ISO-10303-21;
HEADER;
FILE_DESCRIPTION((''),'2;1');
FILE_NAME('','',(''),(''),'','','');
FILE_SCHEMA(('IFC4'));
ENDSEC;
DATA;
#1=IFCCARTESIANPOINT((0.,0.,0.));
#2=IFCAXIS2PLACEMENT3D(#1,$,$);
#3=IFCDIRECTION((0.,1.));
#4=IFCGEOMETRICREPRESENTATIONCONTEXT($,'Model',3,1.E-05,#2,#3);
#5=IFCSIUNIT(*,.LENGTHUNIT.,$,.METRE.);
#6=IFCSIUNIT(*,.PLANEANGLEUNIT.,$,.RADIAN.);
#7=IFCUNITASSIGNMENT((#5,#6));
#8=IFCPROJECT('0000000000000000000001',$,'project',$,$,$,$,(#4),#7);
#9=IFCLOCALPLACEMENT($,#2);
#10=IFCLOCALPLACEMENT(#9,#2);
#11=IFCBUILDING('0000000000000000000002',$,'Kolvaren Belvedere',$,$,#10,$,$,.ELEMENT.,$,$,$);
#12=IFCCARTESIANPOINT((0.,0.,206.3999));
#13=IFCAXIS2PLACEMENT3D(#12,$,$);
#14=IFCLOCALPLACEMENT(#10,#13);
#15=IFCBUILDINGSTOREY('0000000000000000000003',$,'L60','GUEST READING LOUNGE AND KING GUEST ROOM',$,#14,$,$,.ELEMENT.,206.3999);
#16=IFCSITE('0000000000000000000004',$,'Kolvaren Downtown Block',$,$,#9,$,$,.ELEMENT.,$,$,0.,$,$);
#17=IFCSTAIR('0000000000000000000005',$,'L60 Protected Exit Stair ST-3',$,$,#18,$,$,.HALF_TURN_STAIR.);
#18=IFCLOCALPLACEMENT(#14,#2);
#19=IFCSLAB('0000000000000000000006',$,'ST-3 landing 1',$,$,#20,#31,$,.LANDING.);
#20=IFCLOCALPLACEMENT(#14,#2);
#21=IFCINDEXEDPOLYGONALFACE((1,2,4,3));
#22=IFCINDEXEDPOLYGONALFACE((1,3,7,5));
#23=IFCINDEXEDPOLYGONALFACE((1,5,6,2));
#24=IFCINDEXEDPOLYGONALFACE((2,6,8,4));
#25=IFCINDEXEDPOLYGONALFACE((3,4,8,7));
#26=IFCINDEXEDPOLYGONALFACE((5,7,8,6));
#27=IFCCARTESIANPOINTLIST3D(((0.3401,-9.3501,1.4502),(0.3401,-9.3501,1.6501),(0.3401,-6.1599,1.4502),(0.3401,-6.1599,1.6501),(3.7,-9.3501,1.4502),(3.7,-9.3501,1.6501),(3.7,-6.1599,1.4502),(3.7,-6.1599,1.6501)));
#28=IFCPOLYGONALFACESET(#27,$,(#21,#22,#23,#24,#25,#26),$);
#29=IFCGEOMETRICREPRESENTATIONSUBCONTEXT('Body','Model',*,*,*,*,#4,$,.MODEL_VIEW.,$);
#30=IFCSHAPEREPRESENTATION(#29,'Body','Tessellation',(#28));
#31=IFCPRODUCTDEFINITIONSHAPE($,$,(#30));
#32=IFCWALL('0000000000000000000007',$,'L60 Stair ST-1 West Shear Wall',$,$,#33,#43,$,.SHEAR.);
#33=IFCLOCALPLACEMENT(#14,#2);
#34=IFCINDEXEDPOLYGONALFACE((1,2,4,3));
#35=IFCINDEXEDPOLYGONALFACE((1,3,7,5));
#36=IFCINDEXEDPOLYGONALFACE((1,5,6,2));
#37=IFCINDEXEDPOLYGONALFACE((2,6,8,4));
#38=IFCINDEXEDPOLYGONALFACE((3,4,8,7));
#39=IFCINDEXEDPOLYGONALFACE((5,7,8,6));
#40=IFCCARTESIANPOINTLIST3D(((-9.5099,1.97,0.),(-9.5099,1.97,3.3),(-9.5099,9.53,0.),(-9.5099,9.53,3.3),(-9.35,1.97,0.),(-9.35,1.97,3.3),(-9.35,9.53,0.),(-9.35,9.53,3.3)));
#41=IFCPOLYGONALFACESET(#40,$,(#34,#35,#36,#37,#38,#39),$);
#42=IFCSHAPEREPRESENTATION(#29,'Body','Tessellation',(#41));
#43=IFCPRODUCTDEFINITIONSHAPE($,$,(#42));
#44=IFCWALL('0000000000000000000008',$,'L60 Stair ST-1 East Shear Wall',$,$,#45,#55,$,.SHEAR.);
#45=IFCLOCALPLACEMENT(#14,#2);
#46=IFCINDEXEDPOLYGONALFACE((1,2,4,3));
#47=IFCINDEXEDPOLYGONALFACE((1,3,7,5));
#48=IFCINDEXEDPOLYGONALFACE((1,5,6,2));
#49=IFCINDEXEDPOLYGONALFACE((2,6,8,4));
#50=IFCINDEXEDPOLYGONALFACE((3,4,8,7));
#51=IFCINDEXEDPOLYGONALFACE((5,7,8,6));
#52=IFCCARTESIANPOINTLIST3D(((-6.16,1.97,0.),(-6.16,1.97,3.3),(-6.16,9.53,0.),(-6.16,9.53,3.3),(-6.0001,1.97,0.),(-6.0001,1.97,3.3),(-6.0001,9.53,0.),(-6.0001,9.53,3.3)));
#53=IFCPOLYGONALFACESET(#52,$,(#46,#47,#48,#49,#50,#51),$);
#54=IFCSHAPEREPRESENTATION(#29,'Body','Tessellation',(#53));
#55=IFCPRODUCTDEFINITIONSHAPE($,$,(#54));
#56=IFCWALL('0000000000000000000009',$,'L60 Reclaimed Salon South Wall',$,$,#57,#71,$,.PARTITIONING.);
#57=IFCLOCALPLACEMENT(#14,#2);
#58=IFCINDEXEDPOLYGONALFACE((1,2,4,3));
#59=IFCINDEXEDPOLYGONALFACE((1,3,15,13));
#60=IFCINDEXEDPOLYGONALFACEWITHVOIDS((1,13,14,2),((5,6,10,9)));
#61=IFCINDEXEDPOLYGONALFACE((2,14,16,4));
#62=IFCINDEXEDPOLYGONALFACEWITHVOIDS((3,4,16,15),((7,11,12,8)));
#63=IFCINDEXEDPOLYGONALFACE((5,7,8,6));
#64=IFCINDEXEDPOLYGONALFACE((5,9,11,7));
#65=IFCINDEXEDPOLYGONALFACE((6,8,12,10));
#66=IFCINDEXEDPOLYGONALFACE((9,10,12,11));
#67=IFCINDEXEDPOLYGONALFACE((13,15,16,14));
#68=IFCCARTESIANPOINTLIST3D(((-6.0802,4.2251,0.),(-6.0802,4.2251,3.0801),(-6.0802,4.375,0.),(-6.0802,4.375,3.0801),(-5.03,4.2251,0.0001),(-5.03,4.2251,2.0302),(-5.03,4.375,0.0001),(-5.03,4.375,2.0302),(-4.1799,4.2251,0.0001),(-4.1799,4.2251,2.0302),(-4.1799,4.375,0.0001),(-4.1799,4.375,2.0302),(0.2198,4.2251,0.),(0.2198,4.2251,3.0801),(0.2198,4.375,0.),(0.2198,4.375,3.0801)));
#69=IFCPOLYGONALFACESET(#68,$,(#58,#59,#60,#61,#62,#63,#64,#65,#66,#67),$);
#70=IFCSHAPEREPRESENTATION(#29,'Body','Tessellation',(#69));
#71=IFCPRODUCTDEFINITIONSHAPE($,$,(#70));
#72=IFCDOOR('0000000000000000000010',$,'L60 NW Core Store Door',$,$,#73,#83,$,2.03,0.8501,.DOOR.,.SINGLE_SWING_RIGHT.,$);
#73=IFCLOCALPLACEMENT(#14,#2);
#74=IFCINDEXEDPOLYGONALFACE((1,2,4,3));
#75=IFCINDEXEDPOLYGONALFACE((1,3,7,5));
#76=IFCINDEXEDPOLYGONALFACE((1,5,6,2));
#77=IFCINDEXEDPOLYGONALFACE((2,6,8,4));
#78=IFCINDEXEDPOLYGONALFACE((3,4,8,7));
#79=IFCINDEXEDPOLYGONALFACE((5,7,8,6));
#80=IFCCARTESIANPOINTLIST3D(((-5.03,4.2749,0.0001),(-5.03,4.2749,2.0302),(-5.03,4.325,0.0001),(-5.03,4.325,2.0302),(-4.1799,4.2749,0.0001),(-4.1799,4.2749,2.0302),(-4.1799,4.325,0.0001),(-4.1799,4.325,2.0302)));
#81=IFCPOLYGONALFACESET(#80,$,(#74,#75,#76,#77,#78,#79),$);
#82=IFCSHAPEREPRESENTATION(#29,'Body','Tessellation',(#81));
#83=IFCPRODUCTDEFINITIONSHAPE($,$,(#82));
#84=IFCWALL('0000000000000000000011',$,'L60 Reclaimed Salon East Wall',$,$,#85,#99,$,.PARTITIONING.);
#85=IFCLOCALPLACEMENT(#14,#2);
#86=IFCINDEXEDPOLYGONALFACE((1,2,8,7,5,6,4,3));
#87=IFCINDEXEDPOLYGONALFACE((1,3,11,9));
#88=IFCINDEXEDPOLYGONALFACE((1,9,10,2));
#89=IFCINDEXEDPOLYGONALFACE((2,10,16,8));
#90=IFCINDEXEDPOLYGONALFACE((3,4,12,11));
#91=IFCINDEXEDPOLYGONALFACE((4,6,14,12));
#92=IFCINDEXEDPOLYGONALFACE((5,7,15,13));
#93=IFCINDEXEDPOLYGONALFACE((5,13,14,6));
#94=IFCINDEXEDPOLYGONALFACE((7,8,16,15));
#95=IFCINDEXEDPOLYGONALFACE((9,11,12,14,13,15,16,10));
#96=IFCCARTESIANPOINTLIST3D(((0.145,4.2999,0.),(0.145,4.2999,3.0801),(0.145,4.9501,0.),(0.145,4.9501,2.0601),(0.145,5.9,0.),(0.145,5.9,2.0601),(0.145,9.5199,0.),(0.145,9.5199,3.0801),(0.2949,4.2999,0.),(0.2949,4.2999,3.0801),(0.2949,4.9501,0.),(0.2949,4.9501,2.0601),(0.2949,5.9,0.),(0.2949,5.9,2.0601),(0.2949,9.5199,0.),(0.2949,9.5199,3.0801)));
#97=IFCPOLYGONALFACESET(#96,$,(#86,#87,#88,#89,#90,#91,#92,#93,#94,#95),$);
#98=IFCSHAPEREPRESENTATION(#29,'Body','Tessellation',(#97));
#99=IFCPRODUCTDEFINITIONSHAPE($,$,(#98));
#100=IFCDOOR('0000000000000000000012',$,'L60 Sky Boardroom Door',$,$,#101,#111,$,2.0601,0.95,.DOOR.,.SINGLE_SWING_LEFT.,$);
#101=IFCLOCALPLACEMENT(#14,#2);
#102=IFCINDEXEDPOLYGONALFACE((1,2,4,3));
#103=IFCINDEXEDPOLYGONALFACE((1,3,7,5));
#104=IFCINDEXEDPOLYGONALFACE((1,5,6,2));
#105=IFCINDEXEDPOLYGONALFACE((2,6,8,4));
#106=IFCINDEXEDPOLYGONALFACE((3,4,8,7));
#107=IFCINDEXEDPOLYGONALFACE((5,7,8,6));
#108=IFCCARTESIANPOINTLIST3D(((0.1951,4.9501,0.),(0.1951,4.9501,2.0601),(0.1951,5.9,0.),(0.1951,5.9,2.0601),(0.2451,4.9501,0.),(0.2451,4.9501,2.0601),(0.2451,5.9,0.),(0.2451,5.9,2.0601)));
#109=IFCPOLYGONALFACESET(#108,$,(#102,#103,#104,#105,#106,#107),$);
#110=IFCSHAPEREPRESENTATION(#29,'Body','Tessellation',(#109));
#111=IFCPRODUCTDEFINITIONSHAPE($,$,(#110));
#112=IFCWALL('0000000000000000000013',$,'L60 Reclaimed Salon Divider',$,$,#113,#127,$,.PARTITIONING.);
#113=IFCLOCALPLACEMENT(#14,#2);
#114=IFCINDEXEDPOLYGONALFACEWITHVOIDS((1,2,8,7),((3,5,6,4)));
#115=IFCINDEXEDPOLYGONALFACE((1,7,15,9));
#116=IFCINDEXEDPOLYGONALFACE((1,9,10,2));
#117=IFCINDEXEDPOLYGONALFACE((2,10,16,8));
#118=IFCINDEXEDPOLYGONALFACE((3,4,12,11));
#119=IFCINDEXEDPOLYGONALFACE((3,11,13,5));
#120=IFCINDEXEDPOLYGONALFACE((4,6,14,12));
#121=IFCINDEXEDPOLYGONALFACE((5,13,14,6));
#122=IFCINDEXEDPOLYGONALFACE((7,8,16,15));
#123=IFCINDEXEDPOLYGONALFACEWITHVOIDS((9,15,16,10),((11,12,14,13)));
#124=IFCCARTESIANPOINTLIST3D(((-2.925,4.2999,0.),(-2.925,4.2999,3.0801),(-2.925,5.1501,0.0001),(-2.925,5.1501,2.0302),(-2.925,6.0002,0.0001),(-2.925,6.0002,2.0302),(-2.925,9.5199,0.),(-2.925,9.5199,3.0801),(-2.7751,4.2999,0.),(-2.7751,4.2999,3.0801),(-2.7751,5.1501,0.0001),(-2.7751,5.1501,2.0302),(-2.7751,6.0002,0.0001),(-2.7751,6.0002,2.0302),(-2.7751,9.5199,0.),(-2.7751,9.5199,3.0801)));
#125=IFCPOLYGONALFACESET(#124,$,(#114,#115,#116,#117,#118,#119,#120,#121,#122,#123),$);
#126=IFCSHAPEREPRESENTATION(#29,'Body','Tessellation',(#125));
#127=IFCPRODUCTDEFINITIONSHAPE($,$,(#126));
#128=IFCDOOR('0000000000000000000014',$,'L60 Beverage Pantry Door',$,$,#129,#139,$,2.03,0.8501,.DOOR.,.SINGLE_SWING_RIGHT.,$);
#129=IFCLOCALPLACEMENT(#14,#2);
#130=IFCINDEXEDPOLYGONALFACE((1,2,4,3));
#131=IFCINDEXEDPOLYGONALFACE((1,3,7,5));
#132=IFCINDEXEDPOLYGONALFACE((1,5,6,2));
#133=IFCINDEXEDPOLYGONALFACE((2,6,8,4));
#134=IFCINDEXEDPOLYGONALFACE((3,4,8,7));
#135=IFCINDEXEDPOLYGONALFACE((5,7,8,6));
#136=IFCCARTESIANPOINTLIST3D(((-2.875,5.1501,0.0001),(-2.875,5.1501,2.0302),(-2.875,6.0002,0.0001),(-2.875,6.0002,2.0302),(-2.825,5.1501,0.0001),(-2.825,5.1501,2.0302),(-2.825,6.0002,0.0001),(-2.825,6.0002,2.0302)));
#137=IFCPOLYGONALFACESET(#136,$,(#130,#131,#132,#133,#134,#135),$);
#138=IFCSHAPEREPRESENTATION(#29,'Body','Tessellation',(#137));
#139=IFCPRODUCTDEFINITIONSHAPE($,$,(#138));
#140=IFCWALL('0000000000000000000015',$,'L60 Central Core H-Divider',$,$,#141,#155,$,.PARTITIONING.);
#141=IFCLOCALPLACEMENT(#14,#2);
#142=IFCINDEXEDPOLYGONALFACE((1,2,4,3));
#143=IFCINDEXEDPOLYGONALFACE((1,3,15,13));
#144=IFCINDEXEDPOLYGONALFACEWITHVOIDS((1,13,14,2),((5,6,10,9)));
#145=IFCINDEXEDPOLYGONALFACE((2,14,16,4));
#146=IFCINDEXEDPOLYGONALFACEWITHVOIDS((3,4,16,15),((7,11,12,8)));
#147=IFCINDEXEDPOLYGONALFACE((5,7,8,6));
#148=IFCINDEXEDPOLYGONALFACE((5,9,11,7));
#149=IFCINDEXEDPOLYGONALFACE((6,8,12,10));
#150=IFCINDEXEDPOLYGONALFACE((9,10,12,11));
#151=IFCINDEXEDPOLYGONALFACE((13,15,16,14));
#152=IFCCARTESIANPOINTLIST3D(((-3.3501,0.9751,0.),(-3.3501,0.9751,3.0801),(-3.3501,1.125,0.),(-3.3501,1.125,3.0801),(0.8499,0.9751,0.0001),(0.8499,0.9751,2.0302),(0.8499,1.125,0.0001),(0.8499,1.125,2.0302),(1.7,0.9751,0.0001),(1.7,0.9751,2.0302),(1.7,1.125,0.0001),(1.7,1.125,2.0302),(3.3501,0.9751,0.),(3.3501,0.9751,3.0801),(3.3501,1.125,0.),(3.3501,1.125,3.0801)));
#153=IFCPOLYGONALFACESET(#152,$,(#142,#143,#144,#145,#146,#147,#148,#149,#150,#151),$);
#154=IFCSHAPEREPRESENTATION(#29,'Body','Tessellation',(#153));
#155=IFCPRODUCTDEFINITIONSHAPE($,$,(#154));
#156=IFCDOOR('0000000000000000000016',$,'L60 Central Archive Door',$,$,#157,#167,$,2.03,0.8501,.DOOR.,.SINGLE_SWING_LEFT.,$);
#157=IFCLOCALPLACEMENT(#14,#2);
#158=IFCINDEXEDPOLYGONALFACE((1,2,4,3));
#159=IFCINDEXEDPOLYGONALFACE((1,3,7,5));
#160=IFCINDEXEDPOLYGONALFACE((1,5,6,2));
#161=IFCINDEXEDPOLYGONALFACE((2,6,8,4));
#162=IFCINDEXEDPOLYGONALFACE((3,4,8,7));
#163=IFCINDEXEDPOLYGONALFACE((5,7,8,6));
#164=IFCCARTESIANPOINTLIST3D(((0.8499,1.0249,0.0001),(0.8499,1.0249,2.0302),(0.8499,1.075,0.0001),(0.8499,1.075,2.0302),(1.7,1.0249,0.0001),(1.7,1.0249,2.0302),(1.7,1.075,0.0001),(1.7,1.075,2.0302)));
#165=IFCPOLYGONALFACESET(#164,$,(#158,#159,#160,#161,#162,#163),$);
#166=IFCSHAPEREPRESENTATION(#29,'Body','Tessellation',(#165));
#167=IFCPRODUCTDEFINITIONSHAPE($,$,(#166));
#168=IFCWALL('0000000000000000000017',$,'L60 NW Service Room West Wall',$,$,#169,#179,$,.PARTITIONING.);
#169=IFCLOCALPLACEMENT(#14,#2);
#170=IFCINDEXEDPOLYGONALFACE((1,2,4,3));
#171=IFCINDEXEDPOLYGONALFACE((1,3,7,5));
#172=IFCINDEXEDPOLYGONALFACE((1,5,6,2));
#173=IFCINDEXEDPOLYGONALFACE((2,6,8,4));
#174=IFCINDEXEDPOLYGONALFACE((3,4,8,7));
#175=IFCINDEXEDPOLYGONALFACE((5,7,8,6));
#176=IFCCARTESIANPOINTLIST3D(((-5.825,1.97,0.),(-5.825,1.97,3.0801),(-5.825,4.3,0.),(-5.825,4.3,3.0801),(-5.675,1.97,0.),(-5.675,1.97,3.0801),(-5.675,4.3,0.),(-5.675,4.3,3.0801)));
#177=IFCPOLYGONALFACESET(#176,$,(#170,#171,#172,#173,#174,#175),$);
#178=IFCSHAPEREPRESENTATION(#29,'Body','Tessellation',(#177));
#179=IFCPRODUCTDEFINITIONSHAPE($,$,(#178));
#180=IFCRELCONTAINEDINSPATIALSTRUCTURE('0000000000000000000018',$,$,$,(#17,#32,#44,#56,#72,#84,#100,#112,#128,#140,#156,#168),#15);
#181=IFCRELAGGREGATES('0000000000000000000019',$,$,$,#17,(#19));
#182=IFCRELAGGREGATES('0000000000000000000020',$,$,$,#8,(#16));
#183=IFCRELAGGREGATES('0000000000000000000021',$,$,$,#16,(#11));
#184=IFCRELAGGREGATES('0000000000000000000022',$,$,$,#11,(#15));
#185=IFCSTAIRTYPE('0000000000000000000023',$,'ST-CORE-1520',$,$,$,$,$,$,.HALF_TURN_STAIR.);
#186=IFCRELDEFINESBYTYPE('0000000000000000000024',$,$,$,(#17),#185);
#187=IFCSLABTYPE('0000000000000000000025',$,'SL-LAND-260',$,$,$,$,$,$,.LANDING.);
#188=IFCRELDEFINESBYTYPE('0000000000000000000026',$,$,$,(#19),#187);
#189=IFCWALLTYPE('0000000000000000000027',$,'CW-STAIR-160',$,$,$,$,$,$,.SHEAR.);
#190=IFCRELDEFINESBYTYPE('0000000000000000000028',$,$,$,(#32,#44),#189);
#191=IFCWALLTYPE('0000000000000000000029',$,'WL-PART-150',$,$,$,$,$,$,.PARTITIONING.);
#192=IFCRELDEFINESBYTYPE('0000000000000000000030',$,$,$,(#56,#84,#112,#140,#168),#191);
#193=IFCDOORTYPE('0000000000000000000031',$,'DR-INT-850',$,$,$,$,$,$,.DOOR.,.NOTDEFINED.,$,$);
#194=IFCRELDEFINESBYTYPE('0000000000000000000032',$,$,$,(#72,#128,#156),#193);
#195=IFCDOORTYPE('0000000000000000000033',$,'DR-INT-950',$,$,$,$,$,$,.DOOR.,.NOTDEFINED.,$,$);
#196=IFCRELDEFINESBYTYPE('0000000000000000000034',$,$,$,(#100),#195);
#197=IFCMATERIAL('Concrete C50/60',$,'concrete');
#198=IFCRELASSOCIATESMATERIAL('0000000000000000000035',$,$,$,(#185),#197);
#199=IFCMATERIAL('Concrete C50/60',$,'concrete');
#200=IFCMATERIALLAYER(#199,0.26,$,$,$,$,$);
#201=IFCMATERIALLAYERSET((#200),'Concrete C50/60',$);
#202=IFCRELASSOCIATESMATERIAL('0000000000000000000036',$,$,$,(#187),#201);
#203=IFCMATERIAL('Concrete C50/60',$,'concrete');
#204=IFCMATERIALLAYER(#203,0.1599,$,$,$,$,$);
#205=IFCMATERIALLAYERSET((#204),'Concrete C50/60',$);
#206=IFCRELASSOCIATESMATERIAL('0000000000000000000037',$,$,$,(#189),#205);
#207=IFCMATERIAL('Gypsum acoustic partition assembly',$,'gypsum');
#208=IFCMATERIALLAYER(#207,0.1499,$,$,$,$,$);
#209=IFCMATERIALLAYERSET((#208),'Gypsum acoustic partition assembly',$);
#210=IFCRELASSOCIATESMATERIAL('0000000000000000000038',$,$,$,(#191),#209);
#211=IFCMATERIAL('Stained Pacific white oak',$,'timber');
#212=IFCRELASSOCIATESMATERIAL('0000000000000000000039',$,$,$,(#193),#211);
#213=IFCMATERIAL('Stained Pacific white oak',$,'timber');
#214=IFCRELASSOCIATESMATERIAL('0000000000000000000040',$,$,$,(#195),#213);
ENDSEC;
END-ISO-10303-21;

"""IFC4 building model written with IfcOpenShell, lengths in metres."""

from ifc_helpers import new_model, si_unit, direction, frame, frame_2d, origin, place, context, subcontext, project, spatial, polyline, rectangle, outline, extrude, material, layer, layer_set, type_object, element, fill, aggregate, save


model = new_model("IFC4")

# Units and contexts
model_context = context("Model", 3, precision=1e-05, world=origin(), true_north=direction((0.0, 1.0)))
body_context = subcontext(model_context, "Body", "Model", "MODEL_VIEW")
ifc_project = project(units=[si_unit("LENGTHUNIT", "METRE"), si_unit("PLANEANGLEUNIT", "RADIAN")], contexts=[model_context])

# Site, building, storey
site_placement = place(None, origin())
site = spatial("IfcSite", under=ifc_project, at=site_placement, Name="Kolvaren Downtown Block", CompositionType="ELEMENT", RefElevation=0.0)
building_placement = place(site_placement, origin())
building = spatial("IfcBuilding", under=site, at=building_placement, Name="Kolvaren Belvedere", CompositionType="ELEMENT")
storey_placement = place(building_placement, frame((0.0, 0.0, 206.3999)))
storey = spatial("IfcBuildingStorey", under=building, at=storey_placement, Name="L60", Description="GUEST READING LOUNGE AND KING GUEST ROOM", CompositionType="ELEMENT", Elevation=206.3999)

# Stair, slab
ifc_material_1 = material(Name="Concrete C50/60", Category="concrete")
stair_type = type_object("IfcStairType", Name="ST-CORE-1520", PredefinedType="HALF_TURN_STAIR", material=ifc_material_1)
ifc_material_2 = material(Name="Concrete C50/60", Category="concrete")
ifc_layer_1 = layer(ifc_material_2, 0.26)
ifc_layer_set_1 = layer_set([ifc_layer_1], Name="Concrete C50/60")
slab_type = type_object("IfcSlabType", Name="SL-LAND-260", PredefinedType="LANDING", material=ifc_layer_set_1)
stair_1_placement = place(storey_placement, origin())
stair_1 = element("IfcStair", 1, at=stair_1_placement, inside=storey, type_object=stair_type, Name="L60 Protected Exit Stair ST-3", PredefinedType="HALF_TURN_STAIR")
slab_1_placement = place(storey_placement, frame((0.0, 0.0, 1.4502)))
slab_1 = element("IfcSlab", 2, at=slab_1_placement, type_object=slab_type, Name="ST-3 landing 1", PredefinedType="LANDING", context=body_context, shape_type="SweptSolid", body=[
    extrude(outline(polyline([(0.3401, -9.3501), (3.7, -9.3501), (3.7, -6.1599), (0.3401, -6.1599), (0.3401, -9.3501)])), origin(), (0.0, 0.0, 1.0), 0.2),
])
aggregate(stair_1, [slab_1])

# Walls
ifc_material_3 = material(Name="Concrete C50/60", Category="concrete")
ifc_layer_2 = layer(ifc_material_3, 0.1599)
ifc_layer_set_2 = layer_set([ifc_layer_2], Name="Concrete C50/60")
wall_type_1 = type_object("IfcWallType", Name="CW-STAIR-160", PredefinedType="SHEAR", material=ifc_layer_set_2)
for number, where, z_axis, x_axis, name in (
    (3, (-9.4299, 1.97, 0.0), (0.0, 0.0, 1.0), (0.0, 1.0, 0.0), "L60 Stair ST-1 West Shear Wall"),
    (4, (-6.0801, 1.97, 0.0), (0.0, 0.0, 1.0), (0.0, 1.0, 0.0), "L60 Stair ST-1 East Shear Wall"),
):
    element("IfcWall", number, at=place(storey_placement, frame(where, z_axis=z_axis, x_axis=x_axis)), inside=storey, type_object=wall_type_1, Name=name, PredefinedType="SHEAR", context=body_context, shape_type="SweptSolid", body=[
        extrude(rectangle(XDim=7.5601, YDim=0.1599, at=frame_2d((3.78, 0.0))), origin(), (0.0, 0.0, 1.0), 3.3),
    ])

# Walls, openings, doors
ifc_material_4 = material(Name="Gypsum acoustic partition assembly", Category="gypsum")
ifc_layer_3 = layer(ifc_material_4, 0.1499)
ifc_layer_set_3 = layer_set([ifc_layer_3], Name="Gypsum acoustic partition assembly")
wall_type_2 = type_object("IfcWallType", Name="WL-PART-150", PredefinedType="PARTITIONING", material=ifc_layer_set_3)
wall_1_placement = place(storey_placement, frame((-6.0801, 4.3, 0.0), z_axis=(0.0, 0.0, 1.0), x_axis=(1.0, 0.0, 0.0)))
wall_1 = element("IfcWall", 5, at=wall_1_placement, inside=storey, type_object=wall_type_2, Name="L60 Reclaimed Salon South Wall", PredefinedType="PARTITIONING", context=body_context, shape_type="SweptSolid", body=[
    extrude(rectangle(XDim=6.3, YDim=0.1499, at=frame_2d((3.1499, 0.0))), origin(), (0.0, 0.0, 1.0), 3.0801),
])
opening_1_placement = place(wall_1_placement, frame((1.05, 0.0, 0.0)))
opening_1 = element("IfcOpeningElement", 6, at=opening_1_placement, cuts=wall_1, PredefinedType="OPENING", context=body_context, shape_type="SweptSolid", body=[
    extrude(rectangle(XDim=0.8501, YDim=2.03, at=frame_2d((0.425, 1.0151))), frame((0.0, 0.085, 0.0), z_axis=(0.0, -1.0, 0.0), x_axis=(1.0, 0.0, 0.0)), (0.0, 0.0, 1.0), 0.1699),
])
ifc_material_5 = material(Name="Stained Pacific white oak", Category="timber")
door_type_1 = type_object("IfcDoorType", Name="DR-INT-850", OperationType="NOTDEFINED", PredefinedType="DOOR", material=ifc_material_5)
door_1_placement = place(opening_1_placement, origin())
door_1 = element("IfcDoor", 7, at=door_1_placement, inside=storey, type_object=door_type_1, Name="L60 NW Core Store Door", OperationType="SINGLE_SWING_RIGHT", OverallHeight=2.03, OverallWidth=0.8501, PredefinedType="DOOR", context=body_context, shape_type="SweptSolid", body=[
    extrude(rectangle(XDim=0.8501, YDim=2.03, at=frame_2d((0.425, 1.0151))), frame((0.0, 0.0249, 0.0), z_axis=(0.0, -1.0, 0.0), x_axis=(1.0, 0.0, 0.0)), (0.0, 0.0, 1.0), 0.05),
])
fill(opening_1, door_1)
wall_2_placement = place(storey_placement, frame((0.22, 4.3, 0.0), z_axis=(0.0, 0.0, 1.0), x_axis=(0.0, 1.0, 0.0)))
wall_2 = element("IfcWall", 8, at=wall_2_placement, inside=storey, type_object=wall_type_2, Name="L60 Reclaimed Salon East Wall", PredefinedType="PARTITIONING", context=body_context, shape_type="SweptSolid", body=[
    extrude(rectangle(XDim=5.22, YDim=0.1499, at=frame_2d((2.6099, 0.0))), origin(), (0.0, 0.0, 1.0), 3.0801),
])
opening_2_placement = place(wall_2_placement, frame((0.6499, 0.0, 0.0)))
opening_2 = element("IfcOpeningElement", 9, at=opening_2_placement, cuts=wall_2, PredefinedType="OPENING", context=body_context, shape_type="SweptSolid", body=[
    extrude(rectangle(XDim=0.95, YDim=2.0601, at=frame_2d((0.4751, 1.03))), frame((0.0, 0.085, 0.0), z_axis=(0.0, -1.0, 0.0), x_axis=(1.0, 0.0, 0.0)), (0.0, 0.0, 1.0), 0.1699),
])
ifc_material_6 = material(Name="Stained Pacific white oak", Category="timber")
door_type_2 = type_object("IfcDoorType", Name="DR-INT-950", OperationType="NOTDEFINED", PredefinedType="DOOR", material=ifc_material_6)
door_2_placement = place(opening_2_placement, origin())
door_2 = element("IfcDoor", 10, at=door_2_placement, inside=storey, type_object=door_type_2, Name="L60 Sky Boardroom Door", OperationType="SINGLE_SWING_LEFT", OverallHeight=2.0601, OverallWidth=0.95, PredefinedType="DOOR", context=body_context, shape_type="SweptSolid", body=[
    extrude(rectangle(XDim=0.95, YDim=2.0601, at=frame_2d((0.4751, 1.03))), frame((0.0, 0.0249, 0.0), z_axis=(0.0, -1.0, 0.0), x_axis=(1.0, 0.0, 0.0)), (0.0, 0.0, 1.0), 0.05),
])
fill(opening_2, door_2)
wall_3_placement = place(storey_placement, frame((-2.8501, 4.3, 0.0), z_axis=(0.0, 0.0, 1.0), x_axis=(0.0, 1.0, 0.0)))
wall_3 = element("IfcWall", 11, at=wall_3_placement, inside=storey, type_object=wall_type_2, Name="L60 Reclaimed Salon Divider", PredefinedType="PARTITIONING", context=body_context, shape_type="SweptSolid", body=[
    extrude(rectangle(XDim=5.22, YDim=0.1499, at=frame_2d((2.6099, 0.0))), origin(), (0.0, 0.0, 1.0), 3.0801),
])
opening_3_placement = place(wall_3_placement, frame((0.8501, 0.0, 0.0)))
opening_3 = element("IfcOpeningElement", 12, at=opening_3_placement, cuts=wall_3, PredefinedType="OPENING", context=body_context, shape_type="SweptSolid", body=[
    extrude(rectangle(XDim=0.8501, YDim=2.03, at=frame_2d((0.425, 1.0151))), frame((0.0, 0.085, 0.0), z_axis=(0.0, -1.0, 0.0), x_axis=(1.0, 0.0, 0.0)), (0.0, 0.0, 1.0), 0.1699),
])
door_3_placement = place(opening_3_placement, origin())
door_3 = element("IfcDoor", 13, at=door_3_placement, inside=storey, type_object=door_type_1, Name="L60 Beverage Pantry Door", OperationType="SINGLE_SWING_RIGHT", OverallHeight=2.03, OverallWidth=0.8501, PredefinedType="DOOR", context=body_context, shape_type="SweptSolid", body=[
    extrude(rectangle(XDim=0.8501, YDim=2.03, at=frame_2d((0.425, 1.0151))), frame((0.0, 0.0249, 0.0), z_axis=(0.0, -1.0, 0.0), x_axis=(1.0, 0.0, 0.0)), (0.0, 0.0, 1.0), 0.05),
])
fill(opening_3, door_3)
wall_4_placement = place(storey_placement, frame((-3.3501, 1.05, 0.0), z_axis=(0.0, 0.0, 1.0), x_axis=(1.0, 0.0, 0.0)))
wall_4 = element("IfcWall", 14, at=wall_4_placement, inside=storey, type_object=wall_type_2, Name="L60 Central Core H-Divider", PredefinedType="PARTITIONING", context=body_context, shape_type="SweptSolid", body=[
    extrude(rectangle(XDim=6.7002, YDim=0.1499, at=frame_2d((3.3501, 0.0))), origin(), (0.0, 0.0, 1.0), 3.0801),
])
opening_4_placement = place(wall_4_placement, frame((4.2, 0.0, 0.0)))
opening_4 = element("IfcOpeningElement", 15, at=opening_4_placement, cuts=wall_4, PredefinedType="OPENING", context=body_context, shape_type="SweptSolid", body=[
    extrude(rectangle(XDim=0.8501, YDim=2.03, at=frame_2d((0.425, 1.0151))), frame((0.0, 0.085, 0.0), z_axis=(0.0, -1.0, 0.0), x_axis=(1.0, 0.0, 0.0)), (0.0, 0.0, 1.0), 0.1699),
])
door_4_placement = place(opening_4_placement, origin())
door_4 = element("IfcDoor", 16, at=door_4_placement, inside=storey, type_object=door_type_1, Name="L60 Central Archive Door", OperationType="SINGLE_SWING_LEFT", OverallHeight=2.03, OverallWidth=0.8501, PredefinedType="DOOR", context=body_context, shape_type="SweptSolid", body=[
    extrude(rectangle(XDim=0.8501, YDim=2.03, at=frame_2d((0.425, 1.0151))), frame((0.0, 0.0249, 0.0), z_axis=(0.0, -1.0, 0.0), x_axis=(1.0, 0.0, 0.0)), (0.0, 0.0, 1.0), 0.05),
])
fill(opening_4, door_4)

# Wall
wall_5_placement = place(storey_placement, frame((-5.75, 1.97, 0.0), z_axis=(0.0, 0.0, 1.0), x_axis=(0.0, 1.0, 0.0)))
element("IfcWall", 17, at=wall_5_placement, inside=storey, type_object=wall_type_2, Name="L60 NW Service Room West Wall", PredefinedType="PARTITIONING", context=body_context, shape_type="SweptSolid", body=[
    extrude(rectangle(XDim=2.3301, YDim=0.1499, at=frame_2d((1.165, 0.0))), origin(), (0.0, 0.0, 1.0), 3.0801),
])

save(model, "model.ifc")
